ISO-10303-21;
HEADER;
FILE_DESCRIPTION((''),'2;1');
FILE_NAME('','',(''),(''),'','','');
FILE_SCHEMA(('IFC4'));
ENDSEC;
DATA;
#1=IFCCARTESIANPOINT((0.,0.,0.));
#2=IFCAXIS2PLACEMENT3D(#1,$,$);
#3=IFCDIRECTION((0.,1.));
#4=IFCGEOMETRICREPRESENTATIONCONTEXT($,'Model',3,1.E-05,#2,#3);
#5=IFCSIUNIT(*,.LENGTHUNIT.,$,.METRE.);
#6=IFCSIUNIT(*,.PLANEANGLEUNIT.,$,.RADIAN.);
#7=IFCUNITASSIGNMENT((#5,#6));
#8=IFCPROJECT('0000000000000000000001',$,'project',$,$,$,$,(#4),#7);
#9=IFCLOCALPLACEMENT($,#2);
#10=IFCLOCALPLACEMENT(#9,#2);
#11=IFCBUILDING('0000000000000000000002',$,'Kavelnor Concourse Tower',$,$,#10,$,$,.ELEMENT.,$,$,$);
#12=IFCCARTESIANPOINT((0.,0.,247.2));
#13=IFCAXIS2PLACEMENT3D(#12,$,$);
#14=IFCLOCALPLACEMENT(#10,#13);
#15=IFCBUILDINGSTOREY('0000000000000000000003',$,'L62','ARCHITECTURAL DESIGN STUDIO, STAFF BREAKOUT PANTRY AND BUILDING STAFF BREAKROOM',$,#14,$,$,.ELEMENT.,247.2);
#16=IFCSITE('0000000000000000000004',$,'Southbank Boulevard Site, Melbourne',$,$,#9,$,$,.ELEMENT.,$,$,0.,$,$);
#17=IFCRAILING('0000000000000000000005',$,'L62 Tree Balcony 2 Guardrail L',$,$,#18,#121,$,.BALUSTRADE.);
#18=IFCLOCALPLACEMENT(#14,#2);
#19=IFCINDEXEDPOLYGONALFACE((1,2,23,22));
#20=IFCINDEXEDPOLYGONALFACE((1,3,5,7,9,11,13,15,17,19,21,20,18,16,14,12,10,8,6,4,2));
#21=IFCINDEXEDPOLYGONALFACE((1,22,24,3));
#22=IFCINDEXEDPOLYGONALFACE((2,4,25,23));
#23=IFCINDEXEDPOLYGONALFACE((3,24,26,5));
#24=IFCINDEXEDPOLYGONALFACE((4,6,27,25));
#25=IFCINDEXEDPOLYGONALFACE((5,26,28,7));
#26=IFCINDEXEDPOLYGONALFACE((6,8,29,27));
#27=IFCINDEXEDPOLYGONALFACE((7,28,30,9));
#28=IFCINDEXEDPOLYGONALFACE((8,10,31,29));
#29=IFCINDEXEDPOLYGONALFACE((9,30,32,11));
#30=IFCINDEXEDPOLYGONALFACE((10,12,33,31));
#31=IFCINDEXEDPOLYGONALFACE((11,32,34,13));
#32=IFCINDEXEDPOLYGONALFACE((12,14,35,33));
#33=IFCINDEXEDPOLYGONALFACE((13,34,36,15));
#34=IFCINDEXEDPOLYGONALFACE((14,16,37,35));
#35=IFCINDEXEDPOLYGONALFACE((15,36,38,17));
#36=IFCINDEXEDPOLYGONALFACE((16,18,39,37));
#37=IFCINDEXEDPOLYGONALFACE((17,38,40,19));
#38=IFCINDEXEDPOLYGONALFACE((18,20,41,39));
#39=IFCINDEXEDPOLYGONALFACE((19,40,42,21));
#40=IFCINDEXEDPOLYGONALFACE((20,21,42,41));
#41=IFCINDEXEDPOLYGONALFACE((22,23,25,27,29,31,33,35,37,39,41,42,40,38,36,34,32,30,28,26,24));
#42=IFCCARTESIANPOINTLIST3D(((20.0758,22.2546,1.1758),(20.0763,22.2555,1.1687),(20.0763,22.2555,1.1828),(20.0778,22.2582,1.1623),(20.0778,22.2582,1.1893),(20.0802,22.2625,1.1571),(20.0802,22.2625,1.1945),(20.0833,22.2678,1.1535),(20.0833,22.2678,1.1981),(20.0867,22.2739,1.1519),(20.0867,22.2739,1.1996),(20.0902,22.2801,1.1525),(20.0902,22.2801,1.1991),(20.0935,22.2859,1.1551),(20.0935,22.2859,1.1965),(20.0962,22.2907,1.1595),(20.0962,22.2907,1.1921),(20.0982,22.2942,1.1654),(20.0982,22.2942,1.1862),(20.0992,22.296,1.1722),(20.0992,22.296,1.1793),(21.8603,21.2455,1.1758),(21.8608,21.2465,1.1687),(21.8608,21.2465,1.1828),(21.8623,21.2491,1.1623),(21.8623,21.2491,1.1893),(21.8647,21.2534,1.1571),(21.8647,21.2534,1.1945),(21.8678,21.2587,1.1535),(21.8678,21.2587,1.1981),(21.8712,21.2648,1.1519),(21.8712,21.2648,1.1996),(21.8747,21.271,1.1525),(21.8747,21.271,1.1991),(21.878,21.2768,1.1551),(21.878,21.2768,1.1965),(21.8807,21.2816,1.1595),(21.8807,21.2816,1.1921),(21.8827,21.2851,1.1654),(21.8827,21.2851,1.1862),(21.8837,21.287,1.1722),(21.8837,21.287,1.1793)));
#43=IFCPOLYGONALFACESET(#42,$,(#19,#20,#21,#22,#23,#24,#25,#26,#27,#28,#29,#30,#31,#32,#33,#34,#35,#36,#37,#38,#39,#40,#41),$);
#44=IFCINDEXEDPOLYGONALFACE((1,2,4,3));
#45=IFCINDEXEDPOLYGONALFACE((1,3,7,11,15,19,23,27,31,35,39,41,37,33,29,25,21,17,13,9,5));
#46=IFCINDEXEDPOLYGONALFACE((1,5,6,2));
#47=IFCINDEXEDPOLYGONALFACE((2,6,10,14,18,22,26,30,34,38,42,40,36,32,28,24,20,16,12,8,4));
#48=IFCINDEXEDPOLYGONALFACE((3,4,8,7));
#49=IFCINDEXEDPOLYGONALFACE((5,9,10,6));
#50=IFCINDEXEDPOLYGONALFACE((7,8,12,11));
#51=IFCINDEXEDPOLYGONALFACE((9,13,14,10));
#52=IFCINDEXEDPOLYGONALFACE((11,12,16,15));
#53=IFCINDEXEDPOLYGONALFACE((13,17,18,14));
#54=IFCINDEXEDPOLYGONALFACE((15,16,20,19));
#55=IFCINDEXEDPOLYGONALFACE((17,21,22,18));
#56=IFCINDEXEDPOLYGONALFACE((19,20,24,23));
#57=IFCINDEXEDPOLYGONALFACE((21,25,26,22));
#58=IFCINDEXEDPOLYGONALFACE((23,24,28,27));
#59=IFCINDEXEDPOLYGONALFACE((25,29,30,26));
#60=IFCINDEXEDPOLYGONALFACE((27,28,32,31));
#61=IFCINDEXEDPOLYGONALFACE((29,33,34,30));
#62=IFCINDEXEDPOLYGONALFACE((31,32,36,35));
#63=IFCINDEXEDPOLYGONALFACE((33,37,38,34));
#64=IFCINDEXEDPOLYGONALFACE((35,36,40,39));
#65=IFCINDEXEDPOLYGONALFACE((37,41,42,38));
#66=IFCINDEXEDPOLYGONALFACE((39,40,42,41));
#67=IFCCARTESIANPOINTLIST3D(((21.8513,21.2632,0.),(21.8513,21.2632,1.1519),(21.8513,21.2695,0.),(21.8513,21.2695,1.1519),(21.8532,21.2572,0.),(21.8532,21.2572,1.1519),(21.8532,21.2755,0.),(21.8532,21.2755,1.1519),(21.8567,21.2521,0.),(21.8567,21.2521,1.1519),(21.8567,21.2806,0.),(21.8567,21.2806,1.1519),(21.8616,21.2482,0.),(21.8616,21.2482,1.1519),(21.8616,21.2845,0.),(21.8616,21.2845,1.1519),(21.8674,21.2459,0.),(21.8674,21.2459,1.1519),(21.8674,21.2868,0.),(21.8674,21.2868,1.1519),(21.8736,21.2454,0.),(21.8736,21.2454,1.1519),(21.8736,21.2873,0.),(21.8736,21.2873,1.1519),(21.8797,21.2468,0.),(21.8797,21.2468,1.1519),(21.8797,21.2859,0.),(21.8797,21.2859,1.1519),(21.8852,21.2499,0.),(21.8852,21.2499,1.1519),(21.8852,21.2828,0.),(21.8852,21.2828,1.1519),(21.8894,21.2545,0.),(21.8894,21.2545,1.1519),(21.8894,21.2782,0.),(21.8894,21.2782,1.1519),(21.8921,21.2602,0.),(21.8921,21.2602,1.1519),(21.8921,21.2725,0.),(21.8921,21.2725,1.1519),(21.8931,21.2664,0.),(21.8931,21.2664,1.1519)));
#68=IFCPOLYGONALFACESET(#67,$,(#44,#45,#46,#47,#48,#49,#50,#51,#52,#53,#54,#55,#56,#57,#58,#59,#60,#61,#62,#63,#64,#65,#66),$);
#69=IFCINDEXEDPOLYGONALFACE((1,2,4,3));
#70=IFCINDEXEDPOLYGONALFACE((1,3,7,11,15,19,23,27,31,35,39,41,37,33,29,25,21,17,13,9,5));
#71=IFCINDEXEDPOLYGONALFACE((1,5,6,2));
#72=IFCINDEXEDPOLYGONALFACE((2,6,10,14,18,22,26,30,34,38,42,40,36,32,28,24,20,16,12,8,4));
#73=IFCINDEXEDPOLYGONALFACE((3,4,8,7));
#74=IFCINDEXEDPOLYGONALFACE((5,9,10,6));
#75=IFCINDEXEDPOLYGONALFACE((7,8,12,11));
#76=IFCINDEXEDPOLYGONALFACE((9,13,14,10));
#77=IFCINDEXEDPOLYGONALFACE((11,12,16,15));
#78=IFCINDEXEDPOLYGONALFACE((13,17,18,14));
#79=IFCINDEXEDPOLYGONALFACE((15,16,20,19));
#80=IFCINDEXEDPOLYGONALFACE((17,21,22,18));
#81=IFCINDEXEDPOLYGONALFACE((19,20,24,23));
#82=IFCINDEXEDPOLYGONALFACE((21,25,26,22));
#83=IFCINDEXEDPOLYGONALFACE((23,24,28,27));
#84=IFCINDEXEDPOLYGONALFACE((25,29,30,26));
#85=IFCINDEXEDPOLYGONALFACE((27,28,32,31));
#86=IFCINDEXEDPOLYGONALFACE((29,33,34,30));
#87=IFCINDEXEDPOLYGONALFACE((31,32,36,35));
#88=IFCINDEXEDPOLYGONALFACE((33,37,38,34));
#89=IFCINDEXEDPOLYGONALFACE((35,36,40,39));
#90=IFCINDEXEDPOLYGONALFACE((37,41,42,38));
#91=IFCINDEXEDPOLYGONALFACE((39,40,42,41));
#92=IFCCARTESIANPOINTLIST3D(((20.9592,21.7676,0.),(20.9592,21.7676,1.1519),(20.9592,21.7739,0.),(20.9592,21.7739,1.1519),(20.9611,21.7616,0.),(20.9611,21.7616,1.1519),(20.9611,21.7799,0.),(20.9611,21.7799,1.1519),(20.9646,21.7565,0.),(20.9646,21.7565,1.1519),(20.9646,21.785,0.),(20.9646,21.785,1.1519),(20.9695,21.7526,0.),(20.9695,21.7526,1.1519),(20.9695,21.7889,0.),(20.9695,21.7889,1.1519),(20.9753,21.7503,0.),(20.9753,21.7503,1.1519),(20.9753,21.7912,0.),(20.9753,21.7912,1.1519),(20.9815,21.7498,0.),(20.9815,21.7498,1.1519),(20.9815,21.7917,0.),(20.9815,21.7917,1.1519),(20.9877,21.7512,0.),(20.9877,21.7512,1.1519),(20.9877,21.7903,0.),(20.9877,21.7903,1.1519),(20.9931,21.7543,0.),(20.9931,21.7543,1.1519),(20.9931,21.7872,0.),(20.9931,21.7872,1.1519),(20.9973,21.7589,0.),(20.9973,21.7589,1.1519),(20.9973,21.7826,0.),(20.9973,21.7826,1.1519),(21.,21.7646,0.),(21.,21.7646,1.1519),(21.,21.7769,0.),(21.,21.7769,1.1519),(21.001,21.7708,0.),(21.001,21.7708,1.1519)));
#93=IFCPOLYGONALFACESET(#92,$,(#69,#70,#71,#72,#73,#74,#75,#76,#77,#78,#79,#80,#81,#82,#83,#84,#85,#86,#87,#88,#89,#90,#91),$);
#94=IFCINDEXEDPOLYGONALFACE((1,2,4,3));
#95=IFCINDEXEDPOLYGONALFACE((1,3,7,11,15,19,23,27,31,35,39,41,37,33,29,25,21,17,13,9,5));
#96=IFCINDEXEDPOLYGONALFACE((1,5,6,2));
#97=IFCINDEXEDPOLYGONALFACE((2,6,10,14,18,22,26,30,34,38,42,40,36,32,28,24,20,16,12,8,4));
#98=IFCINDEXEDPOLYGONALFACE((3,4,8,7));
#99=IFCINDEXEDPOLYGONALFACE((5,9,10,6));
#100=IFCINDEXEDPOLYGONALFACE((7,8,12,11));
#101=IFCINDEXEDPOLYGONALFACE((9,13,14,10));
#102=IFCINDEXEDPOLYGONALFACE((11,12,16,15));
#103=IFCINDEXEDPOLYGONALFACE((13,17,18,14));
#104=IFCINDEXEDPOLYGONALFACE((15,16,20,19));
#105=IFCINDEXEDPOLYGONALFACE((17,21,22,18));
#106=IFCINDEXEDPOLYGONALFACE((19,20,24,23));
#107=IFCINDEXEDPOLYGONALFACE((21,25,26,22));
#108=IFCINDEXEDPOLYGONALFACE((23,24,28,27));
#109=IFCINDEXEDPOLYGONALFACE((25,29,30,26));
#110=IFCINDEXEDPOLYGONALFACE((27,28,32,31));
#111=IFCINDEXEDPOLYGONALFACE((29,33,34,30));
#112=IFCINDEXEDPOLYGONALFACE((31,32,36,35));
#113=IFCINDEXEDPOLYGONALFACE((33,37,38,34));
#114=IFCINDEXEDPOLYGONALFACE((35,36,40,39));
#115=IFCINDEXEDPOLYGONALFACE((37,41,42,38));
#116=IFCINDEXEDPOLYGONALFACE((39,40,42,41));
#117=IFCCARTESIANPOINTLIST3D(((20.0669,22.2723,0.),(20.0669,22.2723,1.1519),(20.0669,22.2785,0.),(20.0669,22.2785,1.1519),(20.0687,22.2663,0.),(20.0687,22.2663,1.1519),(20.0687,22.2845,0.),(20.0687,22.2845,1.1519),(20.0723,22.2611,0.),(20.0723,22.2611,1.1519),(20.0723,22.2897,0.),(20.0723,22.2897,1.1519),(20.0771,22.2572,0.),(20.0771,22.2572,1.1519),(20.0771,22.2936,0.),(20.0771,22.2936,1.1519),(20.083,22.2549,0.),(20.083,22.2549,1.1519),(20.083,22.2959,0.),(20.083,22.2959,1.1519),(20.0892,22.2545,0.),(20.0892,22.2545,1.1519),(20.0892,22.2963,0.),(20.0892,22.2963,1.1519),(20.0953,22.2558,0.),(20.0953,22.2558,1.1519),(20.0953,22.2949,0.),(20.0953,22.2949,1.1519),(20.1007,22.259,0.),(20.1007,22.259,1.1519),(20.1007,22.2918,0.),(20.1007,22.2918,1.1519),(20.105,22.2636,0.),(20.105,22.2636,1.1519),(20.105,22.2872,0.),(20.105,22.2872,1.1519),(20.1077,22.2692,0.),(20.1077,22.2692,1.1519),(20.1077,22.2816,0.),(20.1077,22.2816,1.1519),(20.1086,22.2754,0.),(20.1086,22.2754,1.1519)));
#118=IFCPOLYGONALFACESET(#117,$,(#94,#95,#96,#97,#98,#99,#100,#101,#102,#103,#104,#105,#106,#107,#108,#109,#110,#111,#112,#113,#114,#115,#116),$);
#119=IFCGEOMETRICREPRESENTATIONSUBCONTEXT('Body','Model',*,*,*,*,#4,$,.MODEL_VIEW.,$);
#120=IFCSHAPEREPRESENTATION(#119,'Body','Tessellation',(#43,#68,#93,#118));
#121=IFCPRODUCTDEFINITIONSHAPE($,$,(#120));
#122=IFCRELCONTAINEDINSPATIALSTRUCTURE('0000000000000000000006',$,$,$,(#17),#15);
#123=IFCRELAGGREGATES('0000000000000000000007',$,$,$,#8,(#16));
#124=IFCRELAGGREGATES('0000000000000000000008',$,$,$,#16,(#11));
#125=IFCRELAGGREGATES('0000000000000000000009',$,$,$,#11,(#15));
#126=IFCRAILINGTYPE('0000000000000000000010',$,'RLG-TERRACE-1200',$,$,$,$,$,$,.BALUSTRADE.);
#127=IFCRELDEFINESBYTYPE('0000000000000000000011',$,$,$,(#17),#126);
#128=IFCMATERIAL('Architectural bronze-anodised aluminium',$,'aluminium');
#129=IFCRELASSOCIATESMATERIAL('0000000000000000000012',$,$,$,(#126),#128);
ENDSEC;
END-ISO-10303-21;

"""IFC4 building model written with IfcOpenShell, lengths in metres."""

from ifc_helpers import new_model, si_unit, direction, frame, origin, origin_2d, place, context, subcontext, project, spatial, circle, extrude, material, type_object, element, save


model = new_model("IFC4")

# Units and contexts
model_context = context("Model", 3, precision=1e-05, world=origin(), true_north=direction((0.0, 1.0)))
body_context = subcontext(model_context, "Body", "Model", "MODEL_VIEW")
ifc_project = project(units=[si_unit("LENGTHUNIT", "METRE"), si_unit("PLANEANGLEUNIT", "RADIAN")], contexts=[model_context])

# Site, building, storey
site_placement = place(None, origin())
site = spatial("IfcSite", under=ifc_project, at=site_placement, Name="Southbank Boulevard Site, Melbourne", CompositionType="ELEMENT", RefElevation=0.0)
building_placement = place(site_placement, origin())
building = spatial("IfcBuilding", under=site, at=building_placement, Name="Kavelnor Concourse Tower", CompositionType="ELEMENT")
storey_placement = place(building_placement, frame((0.0, 0.0, 247.2)))
storey = spatial("IfcBuildingStorey", under=building, at=storey_placement, Name="L62", Description="ARCHITECTURAL DESIGN STUDIO, STAFF BREAKOUT PANTRY AND BUILDING STAFF BREAKROOM", CompositionType="ELEMENT", Elevation=247.2)

# Railing
ifc_material_1 = material(Name="Architectural bronze-anodised aluminium", Category="aluminium")
railing_type_1 = type_object("IfcRailingType", Name="RLG-TERRACE-1200", PredefinedType="BALUSTRADE", material=ifc_material_1)
railing_1_placement = place(storey_placement, frame((21.8721, 21.2664, 0.0)))
element("IfcRailing", 1, at=railing_1_placement, inside=storey, type_object=railing_type_1, Name="L62 Tree Balcony 2 Guardrail L", PredefinedType="BALUSTRADE", context=body_context, shape_type="SweptSolid", body=[
    extrude(circle(Radius=0.0239, at=origin_2d()), frame((0.0, 0.0, 1.1758), z_axis=(-0.87047, 0.492222, 0.0), x_axis=(-0.492222, -0.87047, 0.0)), (0.0, 0.0, 1.0), 2.05),
    extrude(circle(Radius=0.021, at=origin_2d()), origin(), (0.0, 0.0, 1.0), 1.1519),
    extrude(circle(Radius=0.021, at=origin_2d()), frame((-0.8921, 0.5044, 0.0)), (0.0, 0.0, 1.0), 1.1519),
    extrude(circle(Radius=0.021, at=origin_2d()), frame((-1.7844, 1.009, 0.0)), (0.0, 0.0, 1.0), 1.1519),
])

save(model, "model.ifc")
